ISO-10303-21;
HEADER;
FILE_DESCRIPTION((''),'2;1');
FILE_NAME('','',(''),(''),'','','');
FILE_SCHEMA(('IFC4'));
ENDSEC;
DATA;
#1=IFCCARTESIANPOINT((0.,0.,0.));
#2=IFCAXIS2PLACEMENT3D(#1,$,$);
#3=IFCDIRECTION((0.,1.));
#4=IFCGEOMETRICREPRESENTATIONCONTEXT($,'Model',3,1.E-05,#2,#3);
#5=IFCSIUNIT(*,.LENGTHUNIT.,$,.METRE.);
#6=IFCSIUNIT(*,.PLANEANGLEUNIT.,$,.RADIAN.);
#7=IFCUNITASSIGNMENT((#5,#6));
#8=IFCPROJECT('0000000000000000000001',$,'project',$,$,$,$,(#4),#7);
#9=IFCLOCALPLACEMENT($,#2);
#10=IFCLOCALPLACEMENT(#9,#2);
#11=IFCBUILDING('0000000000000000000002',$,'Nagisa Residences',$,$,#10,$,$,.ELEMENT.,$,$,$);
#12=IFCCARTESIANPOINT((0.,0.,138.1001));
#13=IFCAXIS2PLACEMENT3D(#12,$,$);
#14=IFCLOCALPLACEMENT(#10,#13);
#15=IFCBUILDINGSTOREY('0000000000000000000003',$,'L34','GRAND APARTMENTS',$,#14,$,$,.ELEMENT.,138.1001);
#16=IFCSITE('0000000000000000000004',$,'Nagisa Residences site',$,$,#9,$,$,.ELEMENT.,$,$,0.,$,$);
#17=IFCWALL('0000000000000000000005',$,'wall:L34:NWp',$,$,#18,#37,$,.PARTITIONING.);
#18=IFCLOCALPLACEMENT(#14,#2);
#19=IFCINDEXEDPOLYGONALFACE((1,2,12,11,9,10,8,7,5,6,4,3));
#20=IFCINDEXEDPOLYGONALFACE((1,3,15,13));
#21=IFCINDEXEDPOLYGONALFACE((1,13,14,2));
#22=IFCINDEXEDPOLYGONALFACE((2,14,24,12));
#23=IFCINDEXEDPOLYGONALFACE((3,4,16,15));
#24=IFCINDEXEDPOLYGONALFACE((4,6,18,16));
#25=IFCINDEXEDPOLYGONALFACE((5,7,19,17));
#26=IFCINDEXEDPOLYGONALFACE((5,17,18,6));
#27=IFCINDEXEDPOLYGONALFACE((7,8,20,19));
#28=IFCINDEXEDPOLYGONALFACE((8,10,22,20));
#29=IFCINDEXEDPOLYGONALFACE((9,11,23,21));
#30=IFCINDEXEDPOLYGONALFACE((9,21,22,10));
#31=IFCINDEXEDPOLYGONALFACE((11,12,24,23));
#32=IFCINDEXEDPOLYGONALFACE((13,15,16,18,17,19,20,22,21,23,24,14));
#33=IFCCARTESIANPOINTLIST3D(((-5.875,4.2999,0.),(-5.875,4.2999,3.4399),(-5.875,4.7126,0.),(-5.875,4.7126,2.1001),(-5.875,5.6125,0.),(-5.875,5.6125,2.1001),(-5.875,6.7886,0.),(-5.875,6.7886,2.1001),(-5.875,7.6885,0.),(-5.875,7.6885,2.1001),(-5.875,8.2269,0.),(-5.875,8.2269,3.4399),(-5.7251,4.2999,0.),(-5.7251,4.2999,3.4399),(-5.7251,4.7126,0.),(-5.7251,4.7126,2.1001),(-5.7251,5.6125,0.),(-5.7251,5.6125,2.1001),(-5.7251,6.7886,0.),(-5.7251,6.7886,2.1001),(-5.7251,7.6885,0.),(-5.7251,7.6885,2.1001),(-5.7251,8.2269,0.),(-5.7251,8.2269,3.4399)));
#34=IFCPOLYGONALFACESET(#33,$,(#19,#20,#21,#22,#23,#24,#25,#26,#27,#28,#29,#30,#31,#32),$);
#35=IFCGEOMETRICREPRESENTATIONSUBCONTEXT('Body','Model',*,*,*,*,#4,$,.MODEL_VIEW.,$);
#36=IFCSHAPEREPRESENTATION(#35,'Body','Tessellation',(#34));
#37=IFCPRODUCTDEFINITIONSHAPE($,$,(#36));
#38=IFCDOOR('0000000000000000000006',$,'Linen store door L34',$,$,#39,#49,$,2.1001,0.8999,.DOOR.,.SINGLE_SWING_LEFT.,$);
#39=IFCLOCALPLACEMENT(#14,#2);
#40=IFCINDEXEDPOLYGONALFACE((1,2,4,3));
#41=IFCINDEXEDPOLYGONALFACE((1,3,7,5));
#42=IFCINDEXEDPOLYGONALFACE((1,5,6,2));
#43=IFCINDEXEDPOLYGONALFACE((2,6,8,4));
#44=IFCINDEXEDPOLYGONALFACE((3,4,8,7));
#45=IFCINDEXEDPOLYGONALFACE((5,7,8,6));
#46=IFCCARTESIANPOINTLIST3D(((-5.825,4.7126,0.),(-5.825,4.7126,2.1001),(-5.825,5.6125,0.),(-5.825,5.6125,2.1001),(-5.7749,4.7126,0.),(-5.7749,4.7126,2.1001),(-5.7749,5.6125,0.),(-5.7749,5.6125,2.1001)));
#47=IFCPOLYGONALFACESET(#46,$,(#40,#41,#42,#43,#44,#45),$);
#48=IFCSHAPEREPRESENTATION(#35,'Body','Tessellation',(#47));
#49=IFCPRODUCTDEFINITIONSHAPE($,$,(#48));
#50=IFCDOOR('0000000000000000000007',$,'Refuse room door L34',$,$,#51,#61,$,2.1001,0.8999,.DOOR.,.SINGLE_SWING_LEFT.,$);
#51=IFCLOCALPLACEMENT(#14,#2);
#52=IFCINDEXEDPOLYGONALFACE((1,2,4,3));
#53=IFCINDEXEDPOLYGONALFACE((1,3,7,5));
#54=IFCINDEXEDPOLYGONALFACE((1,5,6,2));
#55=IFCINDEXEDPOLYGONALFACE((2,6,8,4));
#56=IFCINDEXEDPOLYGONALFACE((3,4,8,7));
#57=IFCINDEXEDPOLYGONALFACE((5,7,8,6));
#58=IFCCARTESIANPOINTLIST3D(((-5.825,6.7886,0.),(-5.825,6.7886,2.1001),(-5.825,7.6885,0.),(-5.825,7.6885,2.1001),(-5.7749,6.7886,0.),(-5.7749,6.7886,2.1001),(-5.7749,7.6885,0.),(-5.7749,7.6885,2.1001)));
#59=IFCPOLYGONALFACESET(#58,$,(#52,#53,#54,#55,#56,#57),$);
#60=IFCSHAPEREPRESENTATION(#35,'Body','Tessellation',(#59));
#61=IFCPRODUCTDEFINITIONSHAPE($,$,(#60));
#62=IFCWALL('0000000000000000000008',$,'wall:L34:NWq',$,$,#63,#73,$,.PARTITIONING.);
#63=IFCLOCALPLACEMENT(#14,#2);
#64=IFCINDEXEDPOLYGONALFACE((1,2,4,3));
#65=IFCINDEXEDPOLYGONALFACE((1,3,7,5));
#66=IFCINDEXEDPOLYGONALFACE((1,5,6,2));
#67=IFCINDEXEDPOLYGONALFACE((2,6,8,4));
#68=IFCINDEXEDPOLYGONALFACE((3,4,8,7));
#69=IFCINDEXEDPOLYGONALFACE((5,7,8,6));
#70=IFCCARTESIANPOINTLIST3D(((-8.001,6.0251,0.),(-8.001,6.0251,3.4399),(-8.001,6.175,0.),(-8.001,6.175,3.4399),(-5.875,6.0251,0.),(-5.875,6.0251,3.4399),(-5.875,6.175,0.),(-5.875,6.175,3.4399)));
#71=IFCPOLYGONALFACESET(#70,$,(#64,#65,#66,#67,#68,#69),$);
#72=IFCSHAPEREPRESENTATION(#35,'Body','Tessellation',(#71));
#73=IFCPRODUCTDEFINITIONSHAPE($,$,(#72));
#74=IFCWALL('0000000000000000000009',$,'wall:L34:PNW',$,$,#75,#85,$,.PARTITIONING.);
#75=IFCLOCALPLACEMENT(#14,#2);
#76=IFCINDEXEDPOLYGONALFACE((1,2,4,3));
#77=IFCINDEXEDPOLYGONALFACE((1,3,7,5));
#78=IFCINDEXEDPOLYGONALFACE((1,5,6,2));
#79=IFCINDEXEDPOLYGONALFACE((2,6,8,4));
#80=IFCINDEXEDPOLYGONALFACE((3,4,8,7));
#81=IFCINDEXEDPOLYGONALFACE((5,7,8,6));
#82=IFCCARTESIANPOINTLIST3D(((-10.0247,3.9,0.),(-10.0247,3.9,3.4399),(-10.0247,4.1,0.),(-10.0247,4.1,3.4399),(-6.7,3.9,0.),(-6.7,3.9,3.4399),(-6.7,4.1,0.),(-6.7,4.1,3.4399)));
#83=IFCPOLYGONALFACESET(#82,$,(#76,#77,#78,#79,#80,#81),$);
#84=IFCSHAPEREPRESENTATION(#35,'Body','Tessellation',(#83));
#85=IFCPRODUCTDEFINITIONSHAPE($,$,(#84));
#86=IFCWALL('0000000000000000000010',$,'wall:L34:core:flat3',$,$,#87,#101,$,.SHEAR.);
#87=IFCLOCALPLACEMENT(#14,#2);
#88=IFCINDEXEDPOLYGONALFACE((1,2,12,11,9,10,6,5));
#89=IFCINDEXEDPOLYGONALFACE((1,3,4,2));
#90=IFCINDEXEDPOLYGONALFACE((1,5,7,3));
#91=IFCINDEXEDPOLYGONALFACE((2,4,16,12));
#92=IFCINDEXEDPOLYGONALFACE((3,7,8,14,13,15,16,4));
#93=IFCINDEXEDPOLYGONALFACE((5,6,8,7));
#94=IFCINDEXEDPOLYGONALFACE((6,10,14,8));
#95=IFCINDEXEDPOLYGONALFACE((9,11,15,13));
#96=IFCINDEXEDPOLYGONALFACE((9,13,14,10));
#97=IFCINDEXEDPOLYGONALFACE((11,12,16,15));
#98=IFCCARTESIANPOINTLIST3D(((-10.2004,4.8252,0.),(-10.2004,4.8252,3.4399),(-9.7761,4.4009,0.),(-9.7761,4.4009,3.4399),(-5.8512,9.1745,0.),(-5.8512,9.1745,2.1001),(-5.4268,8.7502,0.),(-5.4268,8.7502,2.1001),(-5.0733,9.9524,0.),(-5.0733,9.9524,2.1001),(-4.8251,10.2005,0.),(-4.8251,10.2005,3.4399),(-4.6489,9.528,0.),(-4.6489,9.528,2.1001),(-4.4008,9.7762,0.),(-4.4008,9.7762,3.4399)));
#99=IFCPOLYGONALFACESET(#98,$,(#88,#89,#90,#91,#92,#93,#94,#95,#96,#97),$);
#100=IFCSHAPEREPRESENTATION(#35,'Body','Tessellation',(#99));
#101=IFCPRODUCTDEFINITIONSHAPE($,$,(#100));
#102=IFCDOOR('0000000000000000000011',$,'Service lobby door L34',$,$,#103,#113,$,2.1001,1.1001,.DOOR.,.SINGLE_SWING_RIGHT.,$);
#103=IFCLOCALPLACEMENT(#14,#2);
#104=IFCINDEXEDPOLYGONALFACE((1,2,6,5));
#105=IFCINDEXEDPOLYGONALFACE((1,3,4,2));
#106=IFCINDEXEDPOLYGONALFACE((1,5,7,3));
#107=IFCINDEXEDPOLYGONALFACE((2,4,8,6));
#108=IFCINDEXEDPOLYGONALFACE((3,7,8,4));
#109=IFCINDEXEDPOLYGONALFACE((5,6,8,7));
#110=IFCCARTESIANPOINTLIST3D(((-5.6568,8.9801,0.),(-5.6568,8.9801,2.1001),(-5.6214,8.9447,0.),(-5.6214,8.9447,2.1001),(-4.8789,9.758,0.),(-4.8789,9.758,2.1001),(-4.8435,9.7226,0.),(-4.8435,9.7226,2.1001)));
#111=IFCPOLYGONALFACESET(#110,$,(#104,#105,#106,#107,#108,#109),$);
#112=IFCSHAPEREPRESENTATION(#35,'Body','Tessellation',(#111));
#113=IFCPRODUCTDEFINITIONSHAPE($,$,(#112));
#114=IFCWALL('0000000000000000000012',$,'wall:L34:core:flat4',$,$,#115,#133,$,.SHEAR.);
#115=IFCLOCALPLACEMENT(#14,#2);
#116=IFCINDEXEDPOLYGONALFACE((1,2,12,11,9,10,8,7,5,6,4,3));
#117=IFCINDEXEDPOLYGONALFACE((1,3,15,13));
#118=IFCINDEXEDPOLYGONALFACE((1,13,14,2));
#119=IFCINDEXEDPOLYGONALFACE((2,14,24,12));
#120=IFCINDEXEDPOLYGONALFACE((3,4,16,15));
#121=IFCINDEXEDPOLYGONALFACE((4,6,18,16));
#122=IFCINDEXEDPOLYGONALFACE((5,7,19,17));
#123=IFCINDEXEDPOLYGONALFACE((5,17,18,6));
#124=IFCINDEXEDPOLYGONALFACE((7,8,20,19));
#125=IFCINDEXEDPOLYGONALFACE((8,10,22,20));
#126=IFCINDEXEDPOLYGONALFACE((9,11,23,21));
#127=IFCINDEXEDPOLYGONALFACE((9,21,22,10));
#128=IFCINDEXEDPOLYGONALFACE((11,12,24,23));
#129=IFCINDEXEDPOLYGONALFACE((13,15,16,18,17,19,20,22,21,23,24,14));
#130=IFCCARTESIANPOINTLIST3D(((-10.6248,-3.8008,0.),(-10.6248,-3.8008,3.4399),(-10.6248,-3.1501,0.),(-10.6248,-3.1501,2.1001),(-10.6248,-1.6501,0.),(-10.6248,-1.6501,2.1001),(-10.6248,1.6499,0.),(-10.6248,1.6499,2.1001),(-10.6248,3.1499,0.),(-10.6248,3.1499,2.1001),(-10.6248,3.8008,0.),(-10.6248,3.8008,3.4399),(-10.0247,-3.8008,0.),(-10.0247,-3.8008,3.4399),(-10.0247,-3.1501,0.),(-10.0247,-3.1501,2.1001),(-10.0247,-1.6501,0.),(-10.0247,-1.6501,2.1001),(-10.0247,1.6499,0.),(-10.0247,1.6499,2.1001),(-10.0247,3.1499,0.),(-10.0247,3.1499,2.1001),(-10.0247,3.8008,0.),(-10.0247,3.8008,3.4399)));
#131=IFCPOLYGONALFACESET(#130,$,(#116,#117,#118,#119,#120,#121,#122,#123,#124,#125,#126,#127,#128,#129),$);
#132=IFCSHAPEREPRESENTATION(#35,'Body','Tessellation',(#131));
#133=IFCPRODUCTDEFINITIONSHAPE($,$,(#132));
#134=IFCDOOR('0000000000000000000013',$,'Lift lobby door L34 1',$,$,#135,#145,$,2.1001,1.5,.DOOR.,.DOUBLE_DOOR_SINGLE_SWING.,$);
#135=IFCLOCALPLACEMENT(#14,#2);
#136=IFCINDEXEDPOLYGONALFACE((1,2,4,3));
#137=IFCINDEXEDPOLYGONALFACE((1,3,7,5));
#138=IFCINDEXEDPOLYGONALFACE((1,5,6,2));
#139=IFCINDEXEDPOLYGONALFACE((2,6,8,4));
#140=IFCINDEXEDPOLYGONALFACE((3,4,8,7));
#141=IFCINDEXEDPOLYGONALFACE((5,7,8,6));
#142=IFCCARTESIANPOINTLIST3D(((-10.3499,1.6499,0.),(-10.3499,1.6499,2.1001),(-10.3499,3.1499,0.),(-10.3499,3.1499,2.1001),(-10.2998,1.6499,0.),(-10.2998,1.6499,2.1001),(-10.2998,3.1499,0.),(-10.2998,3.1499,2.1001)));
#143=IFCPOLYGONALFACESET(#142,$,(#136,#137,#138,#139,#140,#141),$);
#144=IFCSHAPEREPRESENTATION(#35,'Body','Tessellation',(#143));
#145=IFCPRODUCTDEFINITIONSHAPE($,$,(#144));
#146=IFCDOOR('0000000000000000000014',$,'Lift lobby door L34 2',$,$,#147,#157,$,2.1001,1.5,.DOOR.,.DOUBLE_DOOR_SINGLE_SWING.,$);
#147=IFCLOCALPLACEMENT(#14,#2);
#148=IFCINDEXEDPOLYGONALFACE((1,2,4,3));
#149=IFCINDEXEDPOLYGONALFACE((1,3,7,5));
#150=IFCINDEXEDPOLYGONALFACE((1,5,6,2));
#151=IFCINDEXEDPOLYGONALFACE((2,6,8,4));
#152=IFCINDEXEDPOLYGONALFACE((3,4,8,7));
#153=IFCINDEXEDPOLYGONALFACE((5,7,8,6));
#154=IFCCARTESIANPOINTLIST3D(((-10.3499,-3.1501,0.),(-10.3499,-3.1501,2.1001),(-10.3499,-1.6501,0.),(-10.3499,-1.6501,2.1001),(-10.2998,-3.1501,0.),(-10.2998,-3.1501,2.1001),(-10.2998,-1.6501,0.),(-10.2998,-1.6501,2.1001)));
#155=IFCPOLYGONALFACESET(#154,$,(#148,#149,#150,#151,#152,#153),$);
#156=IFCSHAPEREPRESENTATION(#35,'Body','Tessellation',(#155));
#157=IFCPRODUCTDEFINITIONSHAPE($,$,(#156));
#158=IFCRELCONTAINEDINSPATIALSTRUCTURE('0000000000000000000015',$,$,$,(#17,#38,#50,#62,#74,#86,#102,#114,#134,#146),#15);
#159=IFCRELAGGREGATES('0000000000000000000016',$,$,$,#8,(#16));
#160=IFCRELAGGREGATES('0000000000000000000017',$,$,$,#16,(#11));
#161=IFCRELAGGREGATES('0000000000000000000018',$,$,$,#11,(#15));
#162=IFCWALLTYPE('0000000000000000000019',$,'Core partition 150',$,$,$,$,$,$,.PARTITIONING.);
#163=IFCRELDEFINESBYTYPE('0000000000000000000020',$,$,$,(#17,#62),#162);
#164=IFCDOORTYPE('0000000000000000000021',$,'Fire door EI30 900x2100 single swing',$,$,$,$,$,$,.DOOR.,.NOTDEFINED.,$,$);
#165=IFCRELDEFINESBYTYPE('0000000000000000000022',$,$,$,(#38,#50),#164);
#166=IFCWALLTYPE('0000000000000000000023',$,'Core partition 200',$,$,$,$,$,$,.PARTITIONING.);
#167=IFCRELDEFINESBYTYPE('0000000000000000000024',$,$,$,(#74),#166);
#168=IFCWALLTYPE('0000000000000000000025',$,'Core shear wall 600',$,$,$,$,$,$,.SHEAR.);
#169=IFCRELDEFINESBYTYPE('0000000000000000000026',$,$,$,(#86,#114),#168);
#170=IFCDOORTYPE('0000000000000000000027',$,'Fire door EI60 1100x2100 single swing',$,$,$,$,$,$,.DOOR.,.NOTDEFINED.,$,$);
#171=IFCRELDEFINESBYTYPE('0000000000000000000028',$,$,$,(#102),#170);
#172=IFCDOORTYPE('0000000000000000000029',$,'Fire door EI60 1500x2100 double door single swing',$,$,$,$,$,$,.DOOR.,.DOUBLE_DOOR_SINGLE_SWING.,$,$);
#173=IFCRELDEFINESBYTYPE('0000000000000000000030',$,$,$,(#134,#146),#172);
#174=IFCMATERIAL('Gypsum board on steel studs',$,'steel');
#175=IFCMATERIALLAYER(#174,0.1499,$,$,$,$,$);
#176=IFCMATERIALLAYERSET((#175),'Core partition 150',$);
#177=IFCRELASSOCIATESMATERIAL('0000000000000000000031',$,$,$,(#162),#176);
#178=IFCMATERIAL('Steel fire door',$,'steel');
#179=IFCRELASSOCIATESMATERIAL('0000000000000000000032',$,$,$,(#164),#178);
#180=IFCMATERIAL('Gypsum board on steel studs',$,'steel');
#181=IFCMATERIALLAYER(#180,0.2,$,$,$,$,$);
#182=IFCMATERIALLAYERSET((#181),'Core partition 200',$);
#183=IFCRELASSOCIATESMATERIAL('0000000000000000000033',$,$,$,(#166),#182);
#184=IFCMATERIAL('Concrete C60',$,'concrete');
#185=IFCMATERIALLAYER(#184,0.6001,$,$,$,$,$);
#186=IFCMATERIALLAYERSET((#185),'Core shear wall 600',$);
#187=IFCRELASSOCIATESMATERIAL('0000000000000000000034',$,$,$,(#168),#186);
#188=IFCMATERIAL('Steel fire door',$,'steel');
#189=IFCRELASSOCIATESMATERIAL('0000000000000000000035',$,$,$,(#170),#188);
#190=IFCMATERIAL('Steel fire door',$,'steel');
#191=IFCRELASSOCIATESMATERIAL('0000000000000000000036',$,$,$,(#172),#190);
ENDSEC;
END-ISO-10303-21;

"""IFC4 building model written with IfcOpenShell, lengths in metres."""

from ifc_helpers import new_model, si_unit, direction, frame, frame_2d, origin, place, context, subcontext, project, spatial, rectangle, extrude, material, layer, layer_set, type_object, element, fill, save


model = new_model("IFC4")

# Units and contexts
model_context = context("Model", 3, precision=1e-05, world=origin(), true_north=direction((0.0, 1.0)))
body_context = subcontext(model_context, "Body", "Model", "MODEL_VIEW")
ifc_project = project(units=[si_unit("LENGTHUNIT", "METRE"), si_unit("PLANEANGLEUNIT", "RADIAN")], contexts=[model_context])

# Site, building, storey
site_placement = place(None, origin())
site = spatial("IfcSite", under=ifc_project, at=site_placement, Name="Nagisa Residences site", CompositionType="ELEMENT", RefElevation=0.0)
building_placement = place(site_placement, origin())
building = spatial("IfcBuilding", under=site, at=building_placement, Name="Nagisa Residences", CompositionType="ELEMENT")
storey_placement = place(building_placement, frame((0.0, 0.0, 138.1001)))
storey = spatial("IfcBuildingStorey", under=building, at=storey_placement, Name="L34", Description="GRAND APARTMENTS", CompositionType="ELEMENT", Elevation=138.1001)

# Wall, openings, doors
ifc_material_1 = material(Name="Gypsum board on steel studs", Category="steel")
ifc_layer_1 = layer(ifc_material_1, 0.1499)
ifc_layer_set_1 = layer_set([ifc_layer_1], Name="Core partition 150")
wall_type_1 = type_object("IfcWallType", Name="Core partition 150", PredefinedType="PARTITIONING", material=ifc_layer_set_1)
wall_1_placement = place(storey_placement, frame((-5.8, 4.3, 0.0), z_axis=(0.0, 0.0, 1.0), x_axis=(0.0, 1.0, 0.0)))
wall_1 = element("IfcWall", 1, at=wall_1_placement, inside=storey, type_object=wall_type_1, Name="wall:L34:NWp", PredefinedType="PARTITIONING", context=body_context, shape_type="SweptSolid", body=[
    extrude(rectangle(XDim=3.927, YDim=0.1499, at=frame_2d((1.9634, 0.0))), origin(), (0.0, 0.0, 1.0), 3.4399),
])
opening_1_placement = place(wall_1_placement, frame((0.4126, 0.0, 0.0)))
opening_1 = element("IfcOpeningElement", 2, at=opening_1_placement, cuts=wall_1, PredefinedType="OPENING", context=body_context, shape_type="SweptSolid", body=[
    extrude(rectangle(XDim=0.8999, YDim=2.1001, at=frame_2d((0.45, 1.05))), frame((0.0, 0.085, 0.0), z_axis=(0.0, -1.0, 0.0), x_axis=(1.0, 0.0, 0.0)), (0.0, 0.0, 1.0), 0.1699),
])
opening_2_placement = place(wall_1_placement, frame((2.4885, 0.0, 0.0)))
opening_2 = element("IfcOpeningElement", 3, at=opening_2_placement, cuts=wall_1, PredefinedType="OPENING", context=body_context, shape_type="SweptSolid", body=[
    extrude(rectangle(XDim=0.8999, YDim=2.1001, at=frame_2d((0.45, 1.05))), frame((0.0, 0.085, 0.0), z_axis=(0.0, -1.0, 0.0), x_axis=(1.0, 0.0, 0.0)), (0.0, 0.0, 1.0), 0.1699),
])
ifc_material_2 = material(Name="Steel fire door", Category="steel")
door_type_1 = type_object("IfcDoorType", Name="Fire door EI30 900x2100 single swing", OperationType="NOTDEFINED", PredefinedType="DOOR", material=ifc_material_2)
door_1_placement = place(opening_1_placement, origin())
door_1 = element("IfcDoor", 4, at=door_1_placement, inside=storey, type_object=door_type_1, Name="Linen store door L34", OperationType="SINGLE_SWING_LEFT", OverallHeight=2.1001, OverallWidth=0.8999, PredefinedType="DOOR", context=body_context, shape_type="SweptSolid", body=[
    extrude(rectangle(XDim=0.8999, YDim=2.1001, at=frame_2d((0.45, 1.05))), frame((0.0, 0.0249, 0.0), z_axis=(0.0, -1.0, 0.0), x_axis=(1.0, 0.0, 0.0)), (0.0, 0.0, 1.0), 0.05),
])
fill(opening_1, door_1)
door_2_placement = place(opening_2_placement, origin())
door_2 = element("IfcDoor", 5, at=door_2_placement, inside=storey, type_object=door_type_1, Name="Refuse room door L34", OperationType="SINGLE_SWING_LEFT", OverallHeight=2.1001, OverallWidth=0.8999, PredefinedType="DOOR", context=body_context, shape_type="SweptSolid", body=[
    extrude(rectangle(XDim=0.8999, YDim=2.1001, at=frame_2d((0.45, 1.05))), frame((0.0, 0.0249, 0.0), z_axis=(0.0, -1.0, 0.0), x_axis=(1.0, 0.0, 0.0)), (0.0, 0.0, 1.0), 0.05),
])
fill(opening_2, door_2)

# Walls
wall_2_placement = place(storey_placement, frame((-8.001, 6.1001, 0.0), z_axis=(0.0, 0.0, 1.0), x_axis=(1.0, 0.0, 0.0)))
element("IfcWall", 6, at=wall_2_placement, inside=storey, type_object=wall_type_1, Name="wall:L34:NWq", PredefinedType="PARTITIONING", context=body_context, shape_type="SweptSolid", body=[
    extrude(rectangle(XDim=2.126, YDim=0.1499, at=frame_2d((1.063, 0.0))), origin(), (0.0, 0.0, 1.0), 3.4399),
])
ifc_material_3 = material(Name="Gypsum board on steel studs", Category="steel")
ifc_layer_2 = layer(ifc_material_3, 0.2)
ifc_layer_set_2 = layer_set([ifc_layer_2], Name="Core partition 200")
wall_type_2 = type_object("IfcWallType", Name="Core partition 200", PredefinedType="PARTITIONING", material=ifc_layer_set_2)
wall_3_placement = place(storey_placement, frame((-10.0247, 4.0, 0.0), z_axis=(0.0, 0.0, 1.0), x_axis=(1.0, 0.0, 0.0)))
element("IfcWall", 7, at=wall_3_placement, inside=storey, type_object=wall_type_2, Name="wall:L34:PNW", PredefinedType="PARTITIONING", context=body_context, shape_type="SweptSolid", body=[
    extrude(rectangle(XDim=3.3247, YDim=0.2, at=frame_2d((1.6624, 0.0))), origin(), (0.0, 0.0, 1.0), 3.4399),
])

# Wall, opening, door
ifc_material_4 = material(Name="Concrete C60", Category="concrete")
ifc_layer_3 = layer(ifc_material_4, 0.6001)
ifc_layer_set_3 = layer_set([ifc_layer_3], Name="Core shear wall 600")
wall_type_3 = type_object("IfcWallType", Name="Core shear wall 600", PredefinedType="SHEAR", material=ifc_layer_set_3)
wall_4_placement = place(storey_placement, frame((-4.613, 9.9883, 0.0), z_axis=(0.0, 0.0, 1.0), x_axis=(-0.707107, -0.707107, 0.0)))
wall_4 = element("IfcWall", 8, at=wall_4_placement, inside=storey, type_object=wall_type_3, Name="wall:L34:core:flat3", PredefinedType="SHEAR", context=body_context, shape_type="SweptSolid", body=[
    extrude(rectangle(XDim=7.6018, YDim=0.6001, at=frame_2d((3.8008, 0.0))), origin(), (0.0, 0.0, 1.0), 3.4399),
])
opening_3_placement = place(wall_4_placement, frame((0.3508, 0.0, 0.0)))
opening_3 = element("IfcOpeningElement", 9, at=opening_3_placement, cuts=wall_4, PredefinedType="OPENING", context=body_context, shape_type="SweptSolid", body=[
    extrude(rectangle(XDim=1.1001, YDim=2.1001, at=frame_2d((0.55, 1.05))), frame((0.0, 0.3101, 0.0), z_axis=(0.0, -1.0, 0.0), x_axis=(1.0, 0.0, 0.0)), (0.0, 0.0, 1.0), 0.6201),
])
ifc_material_5 = material(Name="Steel fire door", Category="steel")
door_type_2 = type_object("IfcDoorType", Name="Fire door EI60 1100x2100 single swing", OperationType="NOTDEFINED", PredefinedType="DOOR", material=ifc_material_5)
door_3_placement = place(opening_3_placement, origin())
door_3 = element("IfcDoor", 10, at=door_3_placement, inside=storey, type_object=door_type_2, Name="Service lobby door L34", OperationType="SINGLE_SWING_RIGHT", OverallHeight=2.1001, OverallWidth=1.1001, PredefinedType="DOOR", context=body_context, shape_type="SweptSolid", body=[
    extrude(rectangle(XDim=1.1001, YDim=2.1001, at=frame_2d((0.55, 1.05))), frame((0.0, 0.0249, 0.0), z_axis=(0.0, -1.0, 0.0), x_axis=(1.0, 0.0, 0.0)), (0.0, 0.0, 1.0), 0.05),
])
fill(opening_3, door_3)

# Wall, openings, doors
wall_5_placement = place(storey_placement, frame((-10.3247, 3.8008, 0.0), z_axis=(0.0, 0.0, 1.0), x_axis=(0.0, -1.0, 0.0)))
wall_5 = element("IfcWall", 11, at=wall_5_placement, inside=storey, type_object=wall_type_3, Name="wall:L34:core:flat4", PredefinedType="SHEAR", context=body_context, shape_type="SweptSolid", body=[
    extrude(rectangle(XDim=7.6016, YDim=0.6001, at=frame_2d((3.8008, 0.0))), origin(), (0.0, 0.0, 1.0), 3.4399),
])
opening_4_placement = place(wall_5_placement, frame((0.6509, 0.0, 0.0)))
opening_4 = element("IfcOpeningElement", 12, at=opening_4_placement, cuts=wall_5, PredefinedType="OPENING", context=body_context, shape_type="SweptSolid", body=[
    extrude(rectangle(XDim=1.5, YDim=2.1001, at=frame_2d((0.75, 1.05))), frame((0.0, 0.3101, 0.0), z_axis=(0.0, -1.0, 0.0), x_axis=(1.0, 0.0, 0.0)), (0.0, 0.0, 1.0), 0.6201),
])
opening_5_placement = place(wall_5_placement, frame((5.4509, 0.0, 0.0)))
opening_5 = element("IfcOpeningElement", 13, at=opening_5_placement, cuts=wall_5, PredefinedType="OPENING", context=body_context, shape_type="SweptSolid", body=[
    extrude(rectangle(XDim=1.5, YDim=2.1001, at=frame_2d((0.75, 1.05))), frame((0.0, 0.3101, 0.0), z_axis=(0.0, -1.0, 0.0), x_axis=(1.0, 0.0, 0.0)), (0.0, 0.0, 1.0), 0.6201),
])
ifc_material_6 = material(Name="Steel fire door", Category="steel")
door_type_3 = type_object("IfcDoorType", Name="Fire door EI60 1500x2100 double door single swing", OperationType="DOUBLE_DOOR_SINGLE_SWING", PredefinedType="DOOR", material=ifc_material_6)
door_4_placement = place(opening_4_placement, origin())
door_4 = element("IfcDoor", 14, at=door_4_placement, inside=storey, type_object=door_type_3, Name="Lift lobby door L34 1", OperationType="DOUBLE_DOOR_SINGLE_SWING", OverallHeight=2.1001, OverallWidth=1.5, PredefinedType="DOOR", context=body_context, shape_type="SweptSolid", body=[
    extrude(rectangle(XDim=1.5, YDim=2.1001, at=frame_2d((0.75, 1.05))), frame((0.0, 0.0249, 0.0), z_axis=(0.0, -1.0, 0.0), x_axis=(1.0, 0.0, 0.0)), (0.0, 0.0, 1.0), 0.05),
])
fill(opening_4, door_4)
door_5_placement = place(opening_5_placement, origin())
door_5 = element("IfcDoor", 15, at=door_5_placement, inside=storey, type_object=door_type_3, Name="Lift lobby door L34 2", OperationType="DOUBLE_DOOR_SINGLE_SWING", OverallHeight=2.1001, OverallWidth=1.5, PredefinedType="DOOR", context=body_context, shape_type="SweptSolid", body=[
    extrude(rectangle(XDim=1.5, YDim=2.1001, at=frame_2d((0.75, 1.05))), frame((0.0, 0.0249, 0.0), z_axis=(0.0, -1.0, 0.0), x_axis=(1.0, 0.0, 0.0)), (0.0, 0.0, 1.0), 0.05),
])
fill(opening_5, door_5)

save(model, "model.ifc")
